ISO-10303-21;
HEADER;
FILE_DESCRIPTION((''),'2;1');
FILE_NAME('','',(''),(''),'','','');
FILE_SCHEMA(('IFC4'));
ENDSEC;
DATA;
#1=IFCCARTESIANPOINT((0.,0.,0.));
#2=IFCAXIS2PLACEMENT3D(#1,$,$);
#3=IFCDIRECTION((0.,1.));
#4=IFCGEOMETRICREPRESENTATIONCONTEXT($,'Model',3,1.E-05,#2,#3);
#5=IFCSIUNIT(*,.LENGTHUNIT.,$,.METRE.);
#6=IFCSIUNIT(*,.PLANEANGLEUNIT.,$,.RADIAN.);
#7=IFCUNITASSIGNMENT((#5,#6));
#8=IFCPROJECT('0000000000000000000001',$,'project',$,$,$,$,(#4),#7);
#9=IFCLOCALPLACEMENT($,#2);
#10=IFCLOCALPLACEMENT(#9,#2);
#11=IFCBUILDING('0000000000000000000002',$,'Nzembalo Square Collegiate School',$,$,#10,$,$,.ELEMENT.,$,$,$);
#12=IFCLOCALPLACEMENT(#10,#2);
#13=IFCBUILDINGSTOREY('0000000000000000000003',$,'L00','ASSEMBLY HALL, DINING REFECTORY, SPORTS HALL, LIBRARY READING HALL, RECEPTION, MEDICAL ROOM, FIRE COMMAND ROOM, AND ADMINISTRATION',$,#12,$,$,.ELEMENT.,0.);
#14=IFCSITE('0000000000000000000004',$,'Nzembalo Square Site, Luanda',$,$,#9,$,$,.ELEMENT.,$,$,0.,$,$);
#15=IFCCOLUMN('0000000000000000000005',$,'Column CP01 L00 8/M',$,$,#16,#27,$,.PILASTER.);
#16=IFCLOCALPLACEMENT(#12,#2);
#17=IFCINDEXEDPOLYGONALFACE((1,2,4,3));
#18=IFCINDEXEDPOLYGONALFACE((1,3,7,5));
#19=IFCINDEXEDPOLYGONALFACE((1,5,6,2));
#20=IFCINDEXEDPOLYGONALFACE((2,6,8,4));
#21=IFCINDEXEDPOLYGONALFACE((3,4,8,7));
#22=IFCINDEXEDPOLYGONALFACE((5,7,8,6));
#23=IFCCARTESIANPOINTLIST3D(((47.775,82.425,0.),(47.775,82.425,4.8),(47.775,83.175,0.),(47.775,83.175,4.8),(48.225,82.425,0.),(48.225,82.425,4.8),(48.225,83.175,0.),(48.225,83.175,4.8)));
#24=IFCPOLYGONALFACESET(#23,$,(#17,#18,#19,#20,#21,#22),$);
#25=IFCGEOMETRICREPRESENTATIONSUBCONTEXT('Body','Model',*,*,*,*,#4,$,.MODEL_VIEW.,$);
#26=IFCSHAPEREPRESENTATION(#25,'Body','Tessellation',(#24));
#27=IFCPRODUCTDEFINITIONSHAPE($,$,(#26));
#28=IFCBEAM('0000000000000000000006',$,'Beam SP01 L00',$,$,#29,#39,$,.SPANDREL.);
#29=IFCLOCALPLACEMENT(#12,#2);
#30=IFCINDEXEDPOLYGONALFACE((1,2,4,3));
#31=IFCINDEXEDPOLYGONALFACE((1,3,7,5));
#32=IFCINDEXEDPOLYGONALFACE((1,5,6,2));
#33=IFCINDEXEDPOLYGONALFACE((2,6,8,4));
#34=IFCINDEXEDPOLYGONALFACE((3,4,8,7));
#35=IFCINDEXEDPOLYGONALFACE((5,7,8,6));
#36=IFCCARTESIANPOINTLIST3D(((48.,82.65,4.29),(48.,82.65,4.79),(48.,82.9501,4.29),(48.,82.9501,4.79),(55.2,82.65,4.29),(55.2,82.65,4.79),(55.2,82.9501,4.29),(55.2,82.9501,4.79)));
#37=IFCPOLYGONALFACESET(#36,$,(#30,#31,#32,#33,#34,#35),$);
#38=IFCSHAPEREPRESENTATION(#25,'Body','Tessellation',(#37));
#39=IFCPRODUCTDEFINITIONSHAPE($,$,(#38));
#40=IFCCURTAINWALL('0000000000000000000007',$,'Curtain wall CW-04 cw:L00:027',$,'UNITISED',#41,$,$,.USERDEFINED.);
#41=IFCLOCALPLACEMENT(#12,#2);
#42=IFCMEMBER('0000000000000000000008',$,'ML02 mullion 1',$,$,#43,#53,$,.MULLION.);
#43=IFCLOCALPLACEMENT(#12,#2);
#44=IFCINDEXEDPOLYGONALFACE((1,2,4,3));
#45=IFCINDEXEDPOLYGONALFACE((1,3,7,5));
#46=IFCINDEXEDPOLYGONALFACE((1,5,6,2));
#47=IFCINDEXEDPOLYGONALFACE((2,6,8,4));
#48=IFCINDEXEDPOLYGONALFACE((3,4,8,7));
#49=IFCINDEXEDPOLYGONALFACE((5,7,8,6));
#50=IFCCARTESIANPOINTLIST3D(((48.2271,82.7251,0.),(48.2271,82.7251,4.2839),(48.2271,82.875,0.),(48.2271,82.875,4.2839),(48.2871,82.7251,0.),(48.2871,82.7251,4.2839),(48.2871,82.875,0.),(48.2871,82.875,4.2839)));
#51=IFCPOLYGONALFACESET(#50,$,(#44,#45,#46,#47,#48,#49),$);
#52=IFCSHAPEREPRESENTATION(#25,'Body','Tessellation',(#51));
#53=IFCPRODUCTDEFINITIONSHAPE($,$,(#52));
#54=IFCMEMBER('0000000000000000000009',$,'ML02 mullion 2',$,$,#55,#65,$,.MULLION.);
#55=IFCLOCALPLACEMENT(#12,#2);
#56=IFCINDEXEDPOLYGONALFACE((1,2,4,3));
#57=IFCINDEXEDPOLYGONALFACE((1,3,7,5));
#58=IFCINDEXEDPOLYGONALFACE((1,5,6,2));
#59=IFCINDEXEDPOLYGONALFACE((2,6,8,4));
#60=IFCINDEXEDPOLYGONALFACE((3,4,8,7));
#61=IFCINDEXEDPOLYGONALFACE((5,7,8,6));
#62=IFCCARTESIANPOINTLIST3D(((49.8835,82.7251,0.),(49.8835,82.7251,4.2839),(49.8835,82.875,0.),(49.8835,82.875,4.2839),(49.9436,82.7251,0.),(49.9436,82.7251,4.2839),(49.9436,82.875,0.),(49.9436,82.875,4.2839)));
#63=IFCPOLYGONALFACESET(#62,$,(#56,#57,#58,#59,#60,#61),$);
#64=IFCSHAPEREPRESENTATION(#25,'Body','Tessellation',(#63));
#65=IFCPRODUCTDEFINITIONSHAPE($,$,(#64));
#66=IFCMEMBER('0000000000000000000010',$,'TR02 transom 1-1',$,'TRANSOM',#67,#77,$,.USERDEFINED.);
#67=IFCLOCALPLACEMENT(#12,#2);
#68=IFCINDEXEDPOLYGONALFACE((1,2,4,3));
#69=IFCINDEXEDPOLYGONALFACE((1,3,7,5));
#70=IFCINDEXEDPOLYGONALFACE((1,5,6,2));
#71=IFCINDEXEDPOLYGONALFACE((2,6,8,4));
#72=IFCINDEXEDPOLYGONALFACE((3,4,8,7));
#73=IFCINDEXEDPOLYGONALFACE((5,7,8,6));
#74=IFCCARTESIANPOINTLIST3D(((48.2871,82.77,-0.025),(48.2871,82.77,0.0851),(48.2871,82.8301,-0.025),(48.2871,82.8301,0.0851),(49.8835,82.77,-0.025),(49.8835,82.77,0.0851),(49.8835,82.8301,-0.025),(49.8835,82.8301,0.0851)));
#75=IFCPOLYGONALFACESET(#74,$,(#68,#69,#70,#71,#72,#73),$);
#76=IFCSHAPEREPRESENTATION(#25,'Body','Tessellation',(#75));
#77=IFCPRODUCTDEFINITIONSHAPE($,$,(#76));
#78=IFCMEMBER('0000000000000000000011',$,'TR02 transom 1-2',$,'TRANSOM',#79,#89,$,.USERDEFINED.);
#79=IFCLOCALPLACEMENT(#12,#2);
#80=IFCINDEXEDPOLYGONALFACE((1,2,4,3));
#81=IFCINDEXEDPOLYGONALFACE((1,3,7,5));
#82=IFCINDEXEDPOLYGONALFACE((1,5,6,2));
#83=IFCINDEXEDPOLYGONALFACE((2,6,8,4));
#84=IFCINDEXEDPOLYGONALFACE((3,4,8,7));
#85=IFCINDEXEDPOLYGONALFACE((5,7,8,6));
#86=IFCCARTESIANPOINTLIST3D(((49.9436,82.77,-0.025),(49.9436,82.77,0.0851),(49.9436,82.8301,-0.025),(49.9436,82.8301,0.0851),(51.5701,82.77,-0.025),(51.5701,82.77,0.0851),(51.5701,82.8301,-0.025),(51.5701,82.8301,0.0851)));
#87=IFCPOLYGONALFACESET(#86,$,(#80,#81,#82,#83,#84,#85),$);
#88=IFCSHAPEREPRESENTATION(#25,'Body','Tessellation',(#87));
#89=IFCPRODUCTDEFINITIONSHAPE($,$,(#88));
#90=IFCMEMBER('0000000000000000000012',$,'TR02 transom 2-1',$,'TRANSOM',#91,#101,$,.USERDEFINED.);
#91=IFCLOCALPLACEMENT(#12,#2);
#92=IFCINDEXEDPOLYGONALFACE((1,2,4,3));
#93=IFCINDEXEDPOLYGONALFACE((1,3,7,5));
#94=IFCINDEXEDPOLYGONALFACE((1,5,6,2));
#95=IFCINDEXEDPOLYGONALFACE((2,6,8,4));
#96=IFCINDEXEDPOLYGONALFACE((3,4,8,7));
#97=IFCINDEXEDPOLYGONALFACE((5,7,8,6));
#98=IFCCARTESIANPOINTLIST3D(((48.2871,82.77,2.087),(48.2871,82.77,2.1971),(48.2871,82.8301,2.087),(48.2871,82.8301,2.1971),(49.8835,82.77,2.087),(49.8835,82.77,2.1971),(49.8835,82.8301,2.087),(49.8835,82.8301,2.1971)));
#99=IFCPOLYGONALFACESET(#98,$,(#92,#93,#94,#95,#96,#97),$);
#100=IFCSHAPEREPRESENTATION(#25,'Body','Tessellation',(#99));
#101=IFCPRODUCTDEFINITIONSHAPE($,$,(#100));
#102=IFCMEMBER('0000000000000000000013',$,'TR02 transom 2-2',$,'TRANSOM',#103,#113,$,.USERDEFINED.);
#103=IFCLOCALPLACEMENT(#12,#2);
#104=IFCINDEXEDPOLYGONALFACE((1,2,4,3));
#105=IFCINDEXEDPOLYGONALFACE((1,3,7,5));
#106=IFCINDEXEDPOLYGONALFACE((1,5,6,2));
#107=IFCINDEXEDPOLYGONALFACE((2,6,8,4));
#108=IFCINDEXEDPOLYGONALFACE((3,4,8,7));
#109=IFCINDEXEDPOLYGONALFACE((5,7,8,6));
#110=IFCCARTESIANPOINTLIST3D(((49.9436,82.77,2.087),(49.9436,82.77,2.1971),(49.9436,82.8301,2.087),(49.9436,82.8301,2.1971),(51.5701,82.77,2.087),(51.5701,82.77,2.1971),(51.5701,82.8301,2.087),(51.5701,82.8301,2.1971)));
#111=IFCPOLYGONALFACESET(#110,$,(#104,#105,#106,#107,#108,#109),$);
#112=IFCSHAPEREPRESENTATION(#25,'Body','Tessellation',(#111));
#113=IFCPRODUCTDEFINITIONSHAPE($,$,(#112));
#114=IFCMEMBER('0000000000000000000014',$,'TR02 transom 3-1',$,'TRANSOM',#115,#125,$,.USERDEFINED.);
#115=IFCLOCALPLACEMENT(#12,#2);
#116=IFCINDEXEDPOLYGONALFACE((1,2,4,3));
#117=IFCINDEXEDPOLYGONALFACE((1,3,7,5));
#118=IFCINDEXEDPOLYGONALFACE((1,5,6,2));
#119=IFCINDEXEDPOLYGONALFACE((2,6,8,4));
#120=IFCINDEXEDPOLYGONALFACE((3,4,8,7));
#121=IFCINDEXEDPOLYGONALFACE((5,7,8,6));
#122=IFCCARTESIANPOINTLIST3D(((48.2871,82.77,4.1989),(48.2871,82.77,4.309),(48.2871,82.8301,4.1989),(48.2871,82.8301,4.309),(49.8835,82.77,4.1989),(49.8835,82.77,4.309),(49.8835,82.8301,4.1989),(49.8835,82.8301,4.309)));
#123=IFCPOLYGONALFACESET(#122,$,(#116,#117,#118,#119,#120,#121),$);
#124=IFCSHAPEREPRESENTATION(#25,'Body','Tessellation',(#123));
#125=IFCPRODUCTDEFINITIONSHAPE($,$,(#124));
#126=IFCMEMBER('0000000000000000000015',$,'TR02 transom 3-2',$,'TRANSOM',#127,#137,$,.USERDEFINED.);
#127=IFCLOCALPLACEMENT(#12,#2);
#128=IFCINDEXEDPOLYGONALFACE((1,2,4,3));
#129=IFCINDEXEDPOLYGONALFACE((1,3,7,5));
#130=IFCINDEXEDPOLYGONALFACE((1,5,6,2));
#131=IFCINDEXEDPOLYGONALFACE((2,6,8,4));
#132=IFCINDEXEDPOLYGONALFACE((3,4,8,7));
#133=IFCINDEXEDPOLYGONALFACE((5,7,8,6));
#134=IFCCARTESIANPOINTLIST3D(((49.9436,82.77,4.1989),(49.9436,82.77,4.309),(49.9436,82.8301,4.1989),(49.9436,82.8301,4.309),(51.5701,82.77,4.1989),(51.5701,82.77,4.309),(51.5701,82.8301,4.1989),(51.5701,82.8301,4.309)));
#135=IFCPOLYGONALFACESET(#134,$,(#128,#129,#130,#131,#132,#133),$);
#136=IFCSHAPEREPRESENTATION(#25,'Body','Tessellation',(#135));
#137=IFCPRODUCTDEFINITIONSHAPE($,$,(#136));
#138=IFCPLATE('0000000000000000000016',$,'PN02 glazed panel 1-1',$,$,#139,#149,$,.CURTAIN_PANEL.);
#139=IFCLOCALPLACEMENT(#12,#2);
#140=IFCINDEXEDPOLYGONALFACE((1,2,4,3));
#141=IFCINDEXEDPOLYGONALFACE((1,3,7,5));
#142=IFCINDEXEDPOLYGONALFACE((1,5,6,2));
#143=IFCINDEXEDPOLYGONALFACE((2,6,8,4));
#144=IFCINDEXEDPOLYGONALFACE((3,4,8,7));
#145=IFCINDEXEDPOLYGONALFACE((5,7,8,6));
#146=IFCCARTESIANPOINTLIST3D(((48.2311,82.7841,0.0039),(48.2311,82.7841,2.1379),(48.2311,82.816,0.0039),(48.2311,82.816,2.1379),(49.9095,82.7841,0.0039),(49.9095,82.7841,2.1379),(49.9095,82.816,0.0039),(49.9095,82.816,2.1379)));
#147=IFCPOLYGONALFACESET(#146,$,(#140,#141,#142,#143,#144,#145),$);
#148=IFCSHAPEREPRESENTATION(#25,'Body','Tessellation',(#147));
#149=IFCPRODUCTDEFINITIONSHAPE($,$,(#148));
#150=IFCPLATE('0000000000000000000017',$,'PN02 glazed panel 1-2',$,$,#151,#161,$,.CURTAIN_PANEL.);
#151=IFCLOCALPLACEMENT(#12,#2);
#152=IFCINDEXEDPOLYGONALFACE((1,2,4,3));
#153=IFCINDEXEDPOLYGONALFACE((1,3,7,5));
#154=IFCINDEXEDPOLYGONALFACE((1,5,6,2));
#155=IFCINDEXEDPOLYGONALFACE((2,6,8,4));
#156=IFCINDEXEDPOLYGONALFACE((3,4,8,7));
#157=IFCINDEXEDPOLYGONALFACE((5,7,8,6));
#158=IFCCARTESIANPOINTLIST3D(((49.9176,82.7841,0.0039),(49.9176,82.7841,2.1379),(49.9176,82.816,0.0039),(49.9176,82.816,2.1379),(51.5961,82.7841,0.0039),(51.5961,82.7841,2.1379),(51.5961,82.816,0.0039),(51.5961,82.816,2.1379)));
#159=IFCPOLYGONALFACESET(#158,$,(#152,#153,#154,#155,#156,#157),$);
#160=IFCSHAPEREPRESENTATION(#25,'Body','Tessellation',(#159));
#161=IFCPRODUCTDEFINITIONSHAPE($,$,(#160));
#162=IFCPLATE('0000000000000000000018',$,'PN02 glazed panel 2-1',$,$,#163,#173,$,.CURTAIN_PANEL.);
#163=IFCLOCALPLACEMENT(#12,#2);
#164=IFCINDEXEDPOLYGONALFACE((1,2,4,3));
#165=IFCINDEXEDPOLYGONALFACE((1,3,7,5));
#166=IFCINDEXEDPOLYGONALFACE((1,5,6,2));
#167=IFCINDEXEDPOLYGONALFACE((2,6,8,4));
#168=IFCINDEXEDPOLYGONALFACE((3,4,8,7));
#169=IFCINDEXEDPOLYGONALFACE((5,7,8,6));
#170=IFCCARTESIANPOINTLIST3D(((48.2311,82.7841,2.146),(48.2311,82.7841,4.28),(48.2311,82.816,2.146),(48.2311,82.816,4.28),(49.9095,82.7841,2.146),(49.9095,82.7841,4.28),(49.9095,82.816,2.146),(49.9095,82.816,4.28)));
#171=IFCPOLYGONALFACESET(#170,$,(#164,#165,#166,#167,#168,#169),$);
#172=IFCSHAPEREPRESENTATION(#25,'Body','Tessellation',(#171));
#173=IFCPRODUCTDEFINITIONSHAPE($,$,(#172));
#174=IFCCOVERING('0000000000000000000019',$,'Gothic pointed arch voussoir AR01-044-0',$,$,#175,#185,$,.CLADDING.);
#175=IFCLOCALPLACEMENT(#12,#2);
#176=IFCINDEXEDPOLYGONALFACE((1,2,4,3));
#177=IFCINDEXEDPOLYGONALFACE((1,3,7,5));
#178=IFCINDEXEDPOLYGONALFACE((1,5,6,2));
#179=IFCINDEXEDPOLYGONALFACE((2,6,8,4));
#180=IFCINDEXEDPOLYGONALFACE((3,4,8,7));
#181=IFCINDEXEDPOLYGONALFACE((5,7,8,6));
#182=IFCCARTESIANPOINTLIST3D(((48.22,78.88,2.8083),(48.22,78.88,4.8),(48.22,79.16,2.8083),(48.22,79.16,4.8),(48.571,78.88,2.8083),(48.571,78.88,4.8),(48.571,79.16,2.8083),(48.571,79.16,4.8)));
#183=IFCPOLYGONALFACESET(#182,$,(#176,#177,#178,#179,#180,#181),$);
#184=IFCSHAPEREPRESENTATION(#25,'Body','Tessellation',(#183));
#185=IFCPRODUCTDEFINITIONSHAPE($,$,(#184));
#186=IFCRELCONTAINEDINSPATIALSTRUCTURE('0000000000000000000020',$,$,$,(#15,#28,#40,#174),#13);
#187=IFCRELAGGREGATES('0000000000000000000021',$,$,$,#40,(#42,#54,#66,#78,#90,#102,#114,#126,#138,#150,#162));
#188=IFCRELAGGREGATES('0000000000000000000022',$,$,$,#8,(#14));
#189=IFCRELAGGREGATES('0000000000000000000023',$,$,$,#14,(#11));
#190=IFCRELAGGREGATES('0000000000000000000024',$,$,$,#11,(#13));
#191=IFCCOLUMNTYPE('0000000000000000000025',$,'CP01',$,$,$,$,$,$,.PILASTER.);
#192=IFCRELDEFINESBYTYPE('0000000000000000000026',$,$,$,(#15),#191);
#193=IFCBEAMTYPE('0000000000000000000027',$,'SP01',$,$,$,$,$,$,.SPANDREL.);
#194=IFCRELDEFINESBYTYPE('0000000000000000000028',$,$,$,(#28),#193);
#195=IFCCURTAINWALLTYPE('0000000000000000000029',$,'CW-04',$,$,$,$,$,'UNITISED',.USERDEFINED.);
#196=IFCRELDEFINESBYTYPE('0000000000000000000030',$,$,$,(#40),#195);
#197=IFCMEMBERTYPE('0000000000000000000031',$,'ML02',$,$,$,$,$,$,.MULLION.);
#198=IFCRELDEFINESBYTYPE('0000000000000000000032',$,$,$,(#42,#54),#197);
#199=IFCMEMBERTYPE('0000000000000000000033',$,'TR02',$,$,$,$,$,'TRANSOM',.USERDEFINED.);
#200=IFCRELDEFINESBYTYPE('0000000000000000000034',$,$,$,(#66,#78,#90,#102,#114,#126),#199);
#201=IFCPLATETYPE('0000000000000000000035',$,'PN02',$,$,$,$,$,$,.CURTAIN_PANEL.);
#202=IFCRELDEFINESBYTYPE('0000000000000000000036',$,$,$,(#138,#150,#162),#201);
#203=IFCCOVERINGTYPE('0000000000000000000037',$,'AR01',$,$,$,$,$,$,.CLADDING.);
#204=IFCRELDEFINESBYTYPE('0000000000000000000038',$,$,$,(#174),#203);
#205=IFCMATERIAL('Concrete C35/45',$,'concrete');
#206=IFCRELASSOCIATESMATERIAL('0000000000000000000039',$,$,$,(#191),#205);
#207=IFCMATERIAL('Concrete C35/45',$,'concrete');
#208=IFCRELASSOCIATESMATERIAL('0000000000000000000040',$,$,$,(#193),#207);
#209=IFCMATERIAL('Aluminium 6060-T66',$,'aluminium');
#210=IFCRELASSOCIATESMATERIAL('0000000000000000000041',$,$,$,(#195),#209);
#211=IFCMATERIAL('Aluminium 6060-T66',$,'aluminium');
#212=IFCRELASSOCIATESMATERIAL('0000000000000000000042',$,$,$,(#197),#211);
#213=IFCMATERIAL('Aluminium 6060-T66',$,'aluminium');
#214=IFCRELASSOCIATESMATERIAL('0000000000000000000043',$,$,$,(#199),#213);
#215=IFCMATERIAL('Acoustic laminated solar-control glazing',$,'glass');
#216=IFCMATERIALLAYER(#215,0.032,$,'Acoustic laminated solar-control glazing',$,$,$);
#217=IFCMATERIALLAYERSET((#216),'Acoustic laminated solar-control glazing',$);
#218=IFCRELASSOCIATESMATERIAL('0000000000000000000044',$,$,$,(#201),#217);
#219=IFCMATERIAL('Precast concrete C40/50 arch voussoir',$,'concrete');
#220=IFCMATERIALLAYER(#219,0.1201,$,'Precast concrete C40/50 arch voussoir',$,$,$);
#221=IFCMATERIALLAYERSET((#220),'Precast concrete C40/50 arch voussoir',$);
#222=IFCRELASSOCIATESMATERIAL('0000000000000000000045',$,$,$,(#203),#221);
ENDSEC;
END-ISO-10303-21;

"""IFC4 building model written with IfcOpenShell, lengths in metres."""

from ifc_helpers import new_model, si_unit, direction, frame, origin, origin_2d, place, context, subcontext, project, spatial, rectangle, extrude, material, layer, layer_set, material_profile, profile_set, type_object, element, aggregate, save


model = new_model("IFC4")

# Units and contexts
model_context = context("Model", 3, precision=1e-05, world=origin(), true_north=direction((0.0, 1.0)))
body_context = subcontext(model_context, "Body", "Model", "MODEL_VIEW")
ifc_project = project(units=[si_unit("LENGTHUNIT", "METRE"), si_unit("PLANEANGLEUNIT", "RADIAN")], contexts=[model_context])

# Site, building, storey
site_placement = place(None, origin())
site = spatial("IfcSite", under=ifc_project, at=site_placement, Name="Nzembalo Square Site, Luanda", CompositionType="ELEMENT", RefElevation=0.0)
building_placement = place(site_placement, origin())
building = spatial("IfcBuilding", under=site, at=building_placement, Name="Nzembalo Square Collegiate School", CompositionType="ELEMENT")
storey_placement = place(building_placement, origin())
storey = spatial("IfcBuildingStorey", under=building, at=storey_placement, Name="L00", Description="ASSEMBLY HALL, DINING REFECTORY, SPORTS HALL, LIBRARY READING HALL, RECEPTION, MEDICAL ROOM, FIRE COMMAND ROOM, AND ADMINISTRATION", CompositionType="ELEMENT", Elevation=0.0)

# Column
ifc_material_1 = material(Name="Concrete C35/45", Category="concrete")
ifc_material_profile_1 = material_profile(ifc_material_1, rectangle(XDim=0.45, YDim=0.75, at=origin_2d()), Name="RC 450x750")
ifc_profile_set_1 = profile_set([ifc_material_profile_1], Name="Concrete C35/45")
column_type = type_object("IfcColumnType", Name="CP01", PredefinedType="PILASTER", material=ifc_profile_set_1)
column_placement = place(storey_placement, frame((48.0, 82.8, 0.0), z_axis=(0.0, 0.0, 1.0), x_axis=(1.0, 0.0, 0.0)))
element("IfcColumn", 1, at=column_placement, inside=storey, type_object=column_type, Name="Column CP01 L00 8/M", PredefinedType="PILASTER", context=body_context, shape_type="SweptSolid", body=[
    extrude(rectangle(XDim=0.45, YDim=0.75, at=origin_2d()), origin(), (0.0, 0.0, 1.0), 4.8),
])

# Beam
ifc_material_2 = material(Name="Concrete C35/45", Category="concrete")
ifc_material_profile_2 = material_profile(ifc_material_2, rectangle(XDim=0.3, YDim=0.5, at=origin_2d()), Name="RC 300x500")
ifc_profile_set_2 = profile_set([ifc_material_profile_2], Name="Concrete C35/45")
beam_type = type_object("IfcBeamType", Name="SP01", PredefinedType="SPANDREL", material=ifc_profile_set_2)
beam_placement = place(storey_placement, frame((48.0, 82.8, 4.54), z_axis=(1.0, 0.0, 0.0), x_axis=(0.0, 1.0, 0.0)))
element("IfcBeam", 2, at=beam_placement, inside=storey, type_object=beam_type, Name="Beam SP01 L00", PredefinedType="SPANDREL", context=body_context, shape_type="SweptSolid", body=[
    extrude(rectangle(XDim=0.3, YDim=0.5, at=origin_2d()), origin(), (0.0, 0.0, 1.0), 7.2),
])

# Curtain wall, members, plates
ifc_material_3 = material(Name="Aluminium 6060-T66", Category="aluminium")
curtain_wall_type = type_object("IfcCurtainWallType", Name="CW-04", ElementType="UNITISED", PredefinedType="USERDEFINED", material=ifc_material_3)
curtain_wall_placement = place(storey_placement, origin())
curtain_wall = element("IfcCurtainWall", 3, at=curtain_wall_placement, inside=storey, type_object=curtain_wall_type, Name="Curtain wall CW-04 cw:L00:027", ObjectType="UNITISED", PredefinedType="USERDEFINED")
ifc_material_4 = material(Name="Aluminium 6060-T66", Category="aluminium")
ifc_material_profile_3 = material_profile(ifc_material_4, rectangle(XDim=0.0601, YDim=0.1499, at=origin_2d()), Name="ALU M60x150")
ifc_profile_set_3 = profile_set([ifc_material_profile_3], Name="Aluminium 6060-T66")
member_type_1 = type_object("IfcMemberType", Name="ML02", PredefinedType="MULLION", material=ifc_profile_set_3)
member_1_placement = place(storey_placement, frame((48.2571, 82.8, 0.0), z_axis=(0.0, 0.0, 1.0), x_axis=(1.0, 0.0, 0.0)))
member_1 = element("IfcMember", 4, at=member_1_placement, type_object=member_type_1, Name="ML02 mullion 1", PredefinedType="MULLION", context=body_context, shape_type="SweptSolid", body=[
    extrude(rectangle(XDim=0.0601, YDim=0.1499, at=origin_2d()), origin(), (0.0, 0.0, 1.0), 4.2839),
])
member_2_placement = place(storey_placement, frame((49.9136, 82.8, 0.0), z_axis=(0.0, 0.0, 1.0), x_axis=(1.0, 0.0, 0.0)))
member_2 = element("IfcMember", 5, at=member_2_placement, type_object=member_type_1, Name="ML02 mullion 2", PredefinedType="MULLION", context=body_context, shape_type="SweptSolid", body=[
    extrude(rectangle(XDim=0.0601, YDim=0.1499, at=origin_2d()), origin(), (0.0, 0.0, 1.0), 4.2839),
])
ifc_material_5 = material(Name="Aluminium 6060-T66", Category="aluminium")
ifc_material_profile_4 = material_profile(ifc_material_5, rectangle(XDim=0.0601, YDim=0.1101, at=origin_2d()), Name="ALU T60x110")
ifc_profile_set_4 = profile_set([ifc_material_profile_4], Name="Aluminium 6060-T66")
member_type_2 = type_object("IfcMemberType", Name="TR02", ElementType="TRANSOM", PredefinedType="USERDEFINED", material=ifc_profile_set_4)
member_3_placement = place(storey_placement, frame((48.2871, 82.8, 0.03), z_axis=(1.0, 0.0, 0.0), x_axis=(0.0, 1.0, 0.0)))
member_3 = element("IfcMember", 6, at=member_3_placement, type_object=member_type_2, Name="TR02 transom 1-1", ObjectType="TRANSOM", PredefinedType="USERDEFINED", context=body_context, shape_type="SweptSolid", body=[
    extrude(rectangle(XDim=0.0601, YDim=0.1101, at=origin_2d()), origin(), (0.0, 0.0, 1.0), 1.5964),
])
member_4_placement = place(storey_placement, frame((49.9436, 82.8, 0.03), z_axis=(1.0, 0.0, 0.0), x_axis=(0.0, 1.0, 0.0)))
member_4 = element("IfcMember", 7, at=member_4_placement, type_object=member_type_2, Name="TR02 transom 1-2", ObjectType="TRANSOM", PredefinedType="USERDEFINED", context=body_context, shape_type="SweptSolid", body=[
    extrude(rectangle(XDim=0.0601, YDim=0.1101, at=origin_2d()), origin(), (0.0, 0.0, 1.0), 1.6265),
])
member_5_placement = place(storey_placement, frame((48.2871, 82.8, 2.1421), z_axis=(1.0, 0.0, 0.0), x_axis=(0.0, 1.0, 0.0)))
member_5 = element("IfcMember", 8, at=member_5_placement, type_object=member_type_2, Name="TR02 transom 2-1", ObjectType="TRANSOM", PredefinedType="USERDEFINED", context=body_context, shape_type="SweptSolid", body=[
    extrude(rectangle(XDim=0.0601, YDim=0.1101, at=origin_2d()), origin(), (0.0, 0.0, 1.0), 1.5964),
])
member_6_placement = place(storey_placement, frame((49.9436, 82.8, 2.1421), z_axis=(1.0, 0.0, 0.0), x_axis=(0.0, 1.0, 0.0)))
member_6 = element("IfcMember", 9, at=member_6_placement, type_object=member_type_2, Name="TR02 transom 2-2", ObjectType="TRANSOM", PredefinedType="USERDEFINED", context=body_context, shape_type="SweptSolid", body=[
    extrude(rectangle(XDim=0.0601, YDim=0.1101, at=origin_2d()), origin(), (0.0, 0.0, 1.0), 1.6265),
])
member_7_placement = place(storey_placement, frame((48.2871, 82.8, 4.2539), z_axis=(1.0, 0.0, 0.0), x_axis=(0.0, 1.0, 0.0)))
member_7 = element("IfcMember", 10, at=member_7_placement, type_object=member_type_2, Name="TR02 transom 3-1", ObjectType="TRANSOM", PredefinedType="USERDEFINED", context=body_context, shape_type="SweptSolid", body=[
    extrude(rectangle(XDim=0.0601, YDim=0.1101, at=origin_2d()), origin(), (0.0, 0.0, 1.0), 1.5964),
])
member_8_placement = place(storey_placement, frame((49.9436, 82.8, 4.2539), z_axis=(1.0, 0.0, 0.0), x_axis=(0.0, 1.0, 0.0)))
member_8 = element("IfcMember", 11, at=member_8_placement, type_object=member_type_2, Name="TR02 transom 3-2", ObjectType="TRANSOM", PredefinedType="USERDEFINED", context=body_context, shape_type="SweptSolid", body=[
    extrude(rectangle(XDim=0.0601, YDim=0.1101, at=origin_2d()), origin(), (0.0, 0.0, 1.0), 1.6265),
])
ifc_material_6 = material(Name="Acoustic laminated solar-control glazing", Category="glass")
ifc_layer_1 = layer(ifc_material_6, 0.032, Name="Acoustic laminated solar-control glazing")
ifc_layer_set_1 = layer_set([ifc_layer_1], Name="Acoustic laminated solar-control glazing")
plate_type = type_object("IfcPlateType", Name="PN02", PredefinedType="CURTAIN_PANEL", material=ifc_layer_set_1)
plate_1_placement = place(storey_placement, frame((49.0703, 82.8, 0.0039), z_axis=(0.0, 0.0, 1.0), x_axis=(1.0, 0.0, 0.0)))
plate_1 = element("IfcPlate", 12, at=plate_1_placement, type_object=plate_type, Name="PN02 glazed panel 1-1", PredefinedType="CURTAIN_PANEL", context=body_context, shape_type="SweptSolid", body=[
    extrude(rectangle(XDim=1.6785, YDim=0.032, at=origin_2d()), origin(), (0.0, 0.0, 1.0), 2.134),
])
plate_2_placement = place(storey_placement, frame((50.7568, 82.8, 0.0039), z_axis=(0.0, 0.0, 1.0), x_axis=(1.0, 0.0, 0.0)))
plate_2 = element("IfcPlate", 13, at=plate_2_placement, type_object=plate_type, Name="PN02 glazed panel 1-2", PredefinedType="CURTAIN_PANEL", context=body_context, shape_type="SweptSolid", body=[
    extrude(rectangle(XDim=1.6785, YDim=0.032, at=origin_2d()), origin(), (0.0, 0.0, 1.0), 2.134),
])
plate_3_placement = place(storey_placement, frame((49.0703, 82.8, 2.146), z_axis=(0.0, 0.0, 1.0), x_axis=(1.0, 0.0, 0.0)))
plate_3 = element("IfcPlate", 14, at=plate_3_placement, type_object=plate_type, Name="PN02 glazed panel 2-1", PredefinedType="CURTAIN_PANEL", context=body_context, shape_type="SweptSolid", body=[
    extrude(rectangle(XDim=1.6785, YDim=0.032, at=origin_2d()), origin(), (0.0, 0.0, 1.0), 2.134),
])
aggregate(curtain_wall, [member_1, member_2, member_3, member_4, member_5, member_6, member_7, member_8, plate_1, plate_2, plate_3])

# Covering
ifc_material_7 = material(Name="Precast concrete C40/50 arch voussoir", Category="concrete")
ifc_layer_2 = layer(ifc_material_7, 0.1201, Name="Precast concrete C40/50 arch voussoir")
ifc_layer_set_2 = layer_set([ifc_layer_2], Name="Precast concrete C40/50 arch voussoir")
covering_type = type_object("IfcCoveringType", Name="AR01", PredefinedType="CLADDING", material=ifc_layer_set_2)
covering_1_placement = place(storey_placement, frame((48.3955, 79.02, 2.8083), z_axis=(0.0, 0.0, 1.0), x_axis=(1.0, 0.0, 0.0)))
element("IfcCovering", 15, at=covering_1_placement, inside=storey, type_object=covering_type, Name="Gothic pointed arch voussoir AR01-044-0", PredefinedType="CLADDING", context=body_context, shape_type="SweptSolid", body=[
    extrude(rectangle(XDim=0.3511, YDim=0.28, at=origin_2d()), origin(), (0.0, 0.0, 1.0), 1.9917),
])

save(model, "model.ifc")
